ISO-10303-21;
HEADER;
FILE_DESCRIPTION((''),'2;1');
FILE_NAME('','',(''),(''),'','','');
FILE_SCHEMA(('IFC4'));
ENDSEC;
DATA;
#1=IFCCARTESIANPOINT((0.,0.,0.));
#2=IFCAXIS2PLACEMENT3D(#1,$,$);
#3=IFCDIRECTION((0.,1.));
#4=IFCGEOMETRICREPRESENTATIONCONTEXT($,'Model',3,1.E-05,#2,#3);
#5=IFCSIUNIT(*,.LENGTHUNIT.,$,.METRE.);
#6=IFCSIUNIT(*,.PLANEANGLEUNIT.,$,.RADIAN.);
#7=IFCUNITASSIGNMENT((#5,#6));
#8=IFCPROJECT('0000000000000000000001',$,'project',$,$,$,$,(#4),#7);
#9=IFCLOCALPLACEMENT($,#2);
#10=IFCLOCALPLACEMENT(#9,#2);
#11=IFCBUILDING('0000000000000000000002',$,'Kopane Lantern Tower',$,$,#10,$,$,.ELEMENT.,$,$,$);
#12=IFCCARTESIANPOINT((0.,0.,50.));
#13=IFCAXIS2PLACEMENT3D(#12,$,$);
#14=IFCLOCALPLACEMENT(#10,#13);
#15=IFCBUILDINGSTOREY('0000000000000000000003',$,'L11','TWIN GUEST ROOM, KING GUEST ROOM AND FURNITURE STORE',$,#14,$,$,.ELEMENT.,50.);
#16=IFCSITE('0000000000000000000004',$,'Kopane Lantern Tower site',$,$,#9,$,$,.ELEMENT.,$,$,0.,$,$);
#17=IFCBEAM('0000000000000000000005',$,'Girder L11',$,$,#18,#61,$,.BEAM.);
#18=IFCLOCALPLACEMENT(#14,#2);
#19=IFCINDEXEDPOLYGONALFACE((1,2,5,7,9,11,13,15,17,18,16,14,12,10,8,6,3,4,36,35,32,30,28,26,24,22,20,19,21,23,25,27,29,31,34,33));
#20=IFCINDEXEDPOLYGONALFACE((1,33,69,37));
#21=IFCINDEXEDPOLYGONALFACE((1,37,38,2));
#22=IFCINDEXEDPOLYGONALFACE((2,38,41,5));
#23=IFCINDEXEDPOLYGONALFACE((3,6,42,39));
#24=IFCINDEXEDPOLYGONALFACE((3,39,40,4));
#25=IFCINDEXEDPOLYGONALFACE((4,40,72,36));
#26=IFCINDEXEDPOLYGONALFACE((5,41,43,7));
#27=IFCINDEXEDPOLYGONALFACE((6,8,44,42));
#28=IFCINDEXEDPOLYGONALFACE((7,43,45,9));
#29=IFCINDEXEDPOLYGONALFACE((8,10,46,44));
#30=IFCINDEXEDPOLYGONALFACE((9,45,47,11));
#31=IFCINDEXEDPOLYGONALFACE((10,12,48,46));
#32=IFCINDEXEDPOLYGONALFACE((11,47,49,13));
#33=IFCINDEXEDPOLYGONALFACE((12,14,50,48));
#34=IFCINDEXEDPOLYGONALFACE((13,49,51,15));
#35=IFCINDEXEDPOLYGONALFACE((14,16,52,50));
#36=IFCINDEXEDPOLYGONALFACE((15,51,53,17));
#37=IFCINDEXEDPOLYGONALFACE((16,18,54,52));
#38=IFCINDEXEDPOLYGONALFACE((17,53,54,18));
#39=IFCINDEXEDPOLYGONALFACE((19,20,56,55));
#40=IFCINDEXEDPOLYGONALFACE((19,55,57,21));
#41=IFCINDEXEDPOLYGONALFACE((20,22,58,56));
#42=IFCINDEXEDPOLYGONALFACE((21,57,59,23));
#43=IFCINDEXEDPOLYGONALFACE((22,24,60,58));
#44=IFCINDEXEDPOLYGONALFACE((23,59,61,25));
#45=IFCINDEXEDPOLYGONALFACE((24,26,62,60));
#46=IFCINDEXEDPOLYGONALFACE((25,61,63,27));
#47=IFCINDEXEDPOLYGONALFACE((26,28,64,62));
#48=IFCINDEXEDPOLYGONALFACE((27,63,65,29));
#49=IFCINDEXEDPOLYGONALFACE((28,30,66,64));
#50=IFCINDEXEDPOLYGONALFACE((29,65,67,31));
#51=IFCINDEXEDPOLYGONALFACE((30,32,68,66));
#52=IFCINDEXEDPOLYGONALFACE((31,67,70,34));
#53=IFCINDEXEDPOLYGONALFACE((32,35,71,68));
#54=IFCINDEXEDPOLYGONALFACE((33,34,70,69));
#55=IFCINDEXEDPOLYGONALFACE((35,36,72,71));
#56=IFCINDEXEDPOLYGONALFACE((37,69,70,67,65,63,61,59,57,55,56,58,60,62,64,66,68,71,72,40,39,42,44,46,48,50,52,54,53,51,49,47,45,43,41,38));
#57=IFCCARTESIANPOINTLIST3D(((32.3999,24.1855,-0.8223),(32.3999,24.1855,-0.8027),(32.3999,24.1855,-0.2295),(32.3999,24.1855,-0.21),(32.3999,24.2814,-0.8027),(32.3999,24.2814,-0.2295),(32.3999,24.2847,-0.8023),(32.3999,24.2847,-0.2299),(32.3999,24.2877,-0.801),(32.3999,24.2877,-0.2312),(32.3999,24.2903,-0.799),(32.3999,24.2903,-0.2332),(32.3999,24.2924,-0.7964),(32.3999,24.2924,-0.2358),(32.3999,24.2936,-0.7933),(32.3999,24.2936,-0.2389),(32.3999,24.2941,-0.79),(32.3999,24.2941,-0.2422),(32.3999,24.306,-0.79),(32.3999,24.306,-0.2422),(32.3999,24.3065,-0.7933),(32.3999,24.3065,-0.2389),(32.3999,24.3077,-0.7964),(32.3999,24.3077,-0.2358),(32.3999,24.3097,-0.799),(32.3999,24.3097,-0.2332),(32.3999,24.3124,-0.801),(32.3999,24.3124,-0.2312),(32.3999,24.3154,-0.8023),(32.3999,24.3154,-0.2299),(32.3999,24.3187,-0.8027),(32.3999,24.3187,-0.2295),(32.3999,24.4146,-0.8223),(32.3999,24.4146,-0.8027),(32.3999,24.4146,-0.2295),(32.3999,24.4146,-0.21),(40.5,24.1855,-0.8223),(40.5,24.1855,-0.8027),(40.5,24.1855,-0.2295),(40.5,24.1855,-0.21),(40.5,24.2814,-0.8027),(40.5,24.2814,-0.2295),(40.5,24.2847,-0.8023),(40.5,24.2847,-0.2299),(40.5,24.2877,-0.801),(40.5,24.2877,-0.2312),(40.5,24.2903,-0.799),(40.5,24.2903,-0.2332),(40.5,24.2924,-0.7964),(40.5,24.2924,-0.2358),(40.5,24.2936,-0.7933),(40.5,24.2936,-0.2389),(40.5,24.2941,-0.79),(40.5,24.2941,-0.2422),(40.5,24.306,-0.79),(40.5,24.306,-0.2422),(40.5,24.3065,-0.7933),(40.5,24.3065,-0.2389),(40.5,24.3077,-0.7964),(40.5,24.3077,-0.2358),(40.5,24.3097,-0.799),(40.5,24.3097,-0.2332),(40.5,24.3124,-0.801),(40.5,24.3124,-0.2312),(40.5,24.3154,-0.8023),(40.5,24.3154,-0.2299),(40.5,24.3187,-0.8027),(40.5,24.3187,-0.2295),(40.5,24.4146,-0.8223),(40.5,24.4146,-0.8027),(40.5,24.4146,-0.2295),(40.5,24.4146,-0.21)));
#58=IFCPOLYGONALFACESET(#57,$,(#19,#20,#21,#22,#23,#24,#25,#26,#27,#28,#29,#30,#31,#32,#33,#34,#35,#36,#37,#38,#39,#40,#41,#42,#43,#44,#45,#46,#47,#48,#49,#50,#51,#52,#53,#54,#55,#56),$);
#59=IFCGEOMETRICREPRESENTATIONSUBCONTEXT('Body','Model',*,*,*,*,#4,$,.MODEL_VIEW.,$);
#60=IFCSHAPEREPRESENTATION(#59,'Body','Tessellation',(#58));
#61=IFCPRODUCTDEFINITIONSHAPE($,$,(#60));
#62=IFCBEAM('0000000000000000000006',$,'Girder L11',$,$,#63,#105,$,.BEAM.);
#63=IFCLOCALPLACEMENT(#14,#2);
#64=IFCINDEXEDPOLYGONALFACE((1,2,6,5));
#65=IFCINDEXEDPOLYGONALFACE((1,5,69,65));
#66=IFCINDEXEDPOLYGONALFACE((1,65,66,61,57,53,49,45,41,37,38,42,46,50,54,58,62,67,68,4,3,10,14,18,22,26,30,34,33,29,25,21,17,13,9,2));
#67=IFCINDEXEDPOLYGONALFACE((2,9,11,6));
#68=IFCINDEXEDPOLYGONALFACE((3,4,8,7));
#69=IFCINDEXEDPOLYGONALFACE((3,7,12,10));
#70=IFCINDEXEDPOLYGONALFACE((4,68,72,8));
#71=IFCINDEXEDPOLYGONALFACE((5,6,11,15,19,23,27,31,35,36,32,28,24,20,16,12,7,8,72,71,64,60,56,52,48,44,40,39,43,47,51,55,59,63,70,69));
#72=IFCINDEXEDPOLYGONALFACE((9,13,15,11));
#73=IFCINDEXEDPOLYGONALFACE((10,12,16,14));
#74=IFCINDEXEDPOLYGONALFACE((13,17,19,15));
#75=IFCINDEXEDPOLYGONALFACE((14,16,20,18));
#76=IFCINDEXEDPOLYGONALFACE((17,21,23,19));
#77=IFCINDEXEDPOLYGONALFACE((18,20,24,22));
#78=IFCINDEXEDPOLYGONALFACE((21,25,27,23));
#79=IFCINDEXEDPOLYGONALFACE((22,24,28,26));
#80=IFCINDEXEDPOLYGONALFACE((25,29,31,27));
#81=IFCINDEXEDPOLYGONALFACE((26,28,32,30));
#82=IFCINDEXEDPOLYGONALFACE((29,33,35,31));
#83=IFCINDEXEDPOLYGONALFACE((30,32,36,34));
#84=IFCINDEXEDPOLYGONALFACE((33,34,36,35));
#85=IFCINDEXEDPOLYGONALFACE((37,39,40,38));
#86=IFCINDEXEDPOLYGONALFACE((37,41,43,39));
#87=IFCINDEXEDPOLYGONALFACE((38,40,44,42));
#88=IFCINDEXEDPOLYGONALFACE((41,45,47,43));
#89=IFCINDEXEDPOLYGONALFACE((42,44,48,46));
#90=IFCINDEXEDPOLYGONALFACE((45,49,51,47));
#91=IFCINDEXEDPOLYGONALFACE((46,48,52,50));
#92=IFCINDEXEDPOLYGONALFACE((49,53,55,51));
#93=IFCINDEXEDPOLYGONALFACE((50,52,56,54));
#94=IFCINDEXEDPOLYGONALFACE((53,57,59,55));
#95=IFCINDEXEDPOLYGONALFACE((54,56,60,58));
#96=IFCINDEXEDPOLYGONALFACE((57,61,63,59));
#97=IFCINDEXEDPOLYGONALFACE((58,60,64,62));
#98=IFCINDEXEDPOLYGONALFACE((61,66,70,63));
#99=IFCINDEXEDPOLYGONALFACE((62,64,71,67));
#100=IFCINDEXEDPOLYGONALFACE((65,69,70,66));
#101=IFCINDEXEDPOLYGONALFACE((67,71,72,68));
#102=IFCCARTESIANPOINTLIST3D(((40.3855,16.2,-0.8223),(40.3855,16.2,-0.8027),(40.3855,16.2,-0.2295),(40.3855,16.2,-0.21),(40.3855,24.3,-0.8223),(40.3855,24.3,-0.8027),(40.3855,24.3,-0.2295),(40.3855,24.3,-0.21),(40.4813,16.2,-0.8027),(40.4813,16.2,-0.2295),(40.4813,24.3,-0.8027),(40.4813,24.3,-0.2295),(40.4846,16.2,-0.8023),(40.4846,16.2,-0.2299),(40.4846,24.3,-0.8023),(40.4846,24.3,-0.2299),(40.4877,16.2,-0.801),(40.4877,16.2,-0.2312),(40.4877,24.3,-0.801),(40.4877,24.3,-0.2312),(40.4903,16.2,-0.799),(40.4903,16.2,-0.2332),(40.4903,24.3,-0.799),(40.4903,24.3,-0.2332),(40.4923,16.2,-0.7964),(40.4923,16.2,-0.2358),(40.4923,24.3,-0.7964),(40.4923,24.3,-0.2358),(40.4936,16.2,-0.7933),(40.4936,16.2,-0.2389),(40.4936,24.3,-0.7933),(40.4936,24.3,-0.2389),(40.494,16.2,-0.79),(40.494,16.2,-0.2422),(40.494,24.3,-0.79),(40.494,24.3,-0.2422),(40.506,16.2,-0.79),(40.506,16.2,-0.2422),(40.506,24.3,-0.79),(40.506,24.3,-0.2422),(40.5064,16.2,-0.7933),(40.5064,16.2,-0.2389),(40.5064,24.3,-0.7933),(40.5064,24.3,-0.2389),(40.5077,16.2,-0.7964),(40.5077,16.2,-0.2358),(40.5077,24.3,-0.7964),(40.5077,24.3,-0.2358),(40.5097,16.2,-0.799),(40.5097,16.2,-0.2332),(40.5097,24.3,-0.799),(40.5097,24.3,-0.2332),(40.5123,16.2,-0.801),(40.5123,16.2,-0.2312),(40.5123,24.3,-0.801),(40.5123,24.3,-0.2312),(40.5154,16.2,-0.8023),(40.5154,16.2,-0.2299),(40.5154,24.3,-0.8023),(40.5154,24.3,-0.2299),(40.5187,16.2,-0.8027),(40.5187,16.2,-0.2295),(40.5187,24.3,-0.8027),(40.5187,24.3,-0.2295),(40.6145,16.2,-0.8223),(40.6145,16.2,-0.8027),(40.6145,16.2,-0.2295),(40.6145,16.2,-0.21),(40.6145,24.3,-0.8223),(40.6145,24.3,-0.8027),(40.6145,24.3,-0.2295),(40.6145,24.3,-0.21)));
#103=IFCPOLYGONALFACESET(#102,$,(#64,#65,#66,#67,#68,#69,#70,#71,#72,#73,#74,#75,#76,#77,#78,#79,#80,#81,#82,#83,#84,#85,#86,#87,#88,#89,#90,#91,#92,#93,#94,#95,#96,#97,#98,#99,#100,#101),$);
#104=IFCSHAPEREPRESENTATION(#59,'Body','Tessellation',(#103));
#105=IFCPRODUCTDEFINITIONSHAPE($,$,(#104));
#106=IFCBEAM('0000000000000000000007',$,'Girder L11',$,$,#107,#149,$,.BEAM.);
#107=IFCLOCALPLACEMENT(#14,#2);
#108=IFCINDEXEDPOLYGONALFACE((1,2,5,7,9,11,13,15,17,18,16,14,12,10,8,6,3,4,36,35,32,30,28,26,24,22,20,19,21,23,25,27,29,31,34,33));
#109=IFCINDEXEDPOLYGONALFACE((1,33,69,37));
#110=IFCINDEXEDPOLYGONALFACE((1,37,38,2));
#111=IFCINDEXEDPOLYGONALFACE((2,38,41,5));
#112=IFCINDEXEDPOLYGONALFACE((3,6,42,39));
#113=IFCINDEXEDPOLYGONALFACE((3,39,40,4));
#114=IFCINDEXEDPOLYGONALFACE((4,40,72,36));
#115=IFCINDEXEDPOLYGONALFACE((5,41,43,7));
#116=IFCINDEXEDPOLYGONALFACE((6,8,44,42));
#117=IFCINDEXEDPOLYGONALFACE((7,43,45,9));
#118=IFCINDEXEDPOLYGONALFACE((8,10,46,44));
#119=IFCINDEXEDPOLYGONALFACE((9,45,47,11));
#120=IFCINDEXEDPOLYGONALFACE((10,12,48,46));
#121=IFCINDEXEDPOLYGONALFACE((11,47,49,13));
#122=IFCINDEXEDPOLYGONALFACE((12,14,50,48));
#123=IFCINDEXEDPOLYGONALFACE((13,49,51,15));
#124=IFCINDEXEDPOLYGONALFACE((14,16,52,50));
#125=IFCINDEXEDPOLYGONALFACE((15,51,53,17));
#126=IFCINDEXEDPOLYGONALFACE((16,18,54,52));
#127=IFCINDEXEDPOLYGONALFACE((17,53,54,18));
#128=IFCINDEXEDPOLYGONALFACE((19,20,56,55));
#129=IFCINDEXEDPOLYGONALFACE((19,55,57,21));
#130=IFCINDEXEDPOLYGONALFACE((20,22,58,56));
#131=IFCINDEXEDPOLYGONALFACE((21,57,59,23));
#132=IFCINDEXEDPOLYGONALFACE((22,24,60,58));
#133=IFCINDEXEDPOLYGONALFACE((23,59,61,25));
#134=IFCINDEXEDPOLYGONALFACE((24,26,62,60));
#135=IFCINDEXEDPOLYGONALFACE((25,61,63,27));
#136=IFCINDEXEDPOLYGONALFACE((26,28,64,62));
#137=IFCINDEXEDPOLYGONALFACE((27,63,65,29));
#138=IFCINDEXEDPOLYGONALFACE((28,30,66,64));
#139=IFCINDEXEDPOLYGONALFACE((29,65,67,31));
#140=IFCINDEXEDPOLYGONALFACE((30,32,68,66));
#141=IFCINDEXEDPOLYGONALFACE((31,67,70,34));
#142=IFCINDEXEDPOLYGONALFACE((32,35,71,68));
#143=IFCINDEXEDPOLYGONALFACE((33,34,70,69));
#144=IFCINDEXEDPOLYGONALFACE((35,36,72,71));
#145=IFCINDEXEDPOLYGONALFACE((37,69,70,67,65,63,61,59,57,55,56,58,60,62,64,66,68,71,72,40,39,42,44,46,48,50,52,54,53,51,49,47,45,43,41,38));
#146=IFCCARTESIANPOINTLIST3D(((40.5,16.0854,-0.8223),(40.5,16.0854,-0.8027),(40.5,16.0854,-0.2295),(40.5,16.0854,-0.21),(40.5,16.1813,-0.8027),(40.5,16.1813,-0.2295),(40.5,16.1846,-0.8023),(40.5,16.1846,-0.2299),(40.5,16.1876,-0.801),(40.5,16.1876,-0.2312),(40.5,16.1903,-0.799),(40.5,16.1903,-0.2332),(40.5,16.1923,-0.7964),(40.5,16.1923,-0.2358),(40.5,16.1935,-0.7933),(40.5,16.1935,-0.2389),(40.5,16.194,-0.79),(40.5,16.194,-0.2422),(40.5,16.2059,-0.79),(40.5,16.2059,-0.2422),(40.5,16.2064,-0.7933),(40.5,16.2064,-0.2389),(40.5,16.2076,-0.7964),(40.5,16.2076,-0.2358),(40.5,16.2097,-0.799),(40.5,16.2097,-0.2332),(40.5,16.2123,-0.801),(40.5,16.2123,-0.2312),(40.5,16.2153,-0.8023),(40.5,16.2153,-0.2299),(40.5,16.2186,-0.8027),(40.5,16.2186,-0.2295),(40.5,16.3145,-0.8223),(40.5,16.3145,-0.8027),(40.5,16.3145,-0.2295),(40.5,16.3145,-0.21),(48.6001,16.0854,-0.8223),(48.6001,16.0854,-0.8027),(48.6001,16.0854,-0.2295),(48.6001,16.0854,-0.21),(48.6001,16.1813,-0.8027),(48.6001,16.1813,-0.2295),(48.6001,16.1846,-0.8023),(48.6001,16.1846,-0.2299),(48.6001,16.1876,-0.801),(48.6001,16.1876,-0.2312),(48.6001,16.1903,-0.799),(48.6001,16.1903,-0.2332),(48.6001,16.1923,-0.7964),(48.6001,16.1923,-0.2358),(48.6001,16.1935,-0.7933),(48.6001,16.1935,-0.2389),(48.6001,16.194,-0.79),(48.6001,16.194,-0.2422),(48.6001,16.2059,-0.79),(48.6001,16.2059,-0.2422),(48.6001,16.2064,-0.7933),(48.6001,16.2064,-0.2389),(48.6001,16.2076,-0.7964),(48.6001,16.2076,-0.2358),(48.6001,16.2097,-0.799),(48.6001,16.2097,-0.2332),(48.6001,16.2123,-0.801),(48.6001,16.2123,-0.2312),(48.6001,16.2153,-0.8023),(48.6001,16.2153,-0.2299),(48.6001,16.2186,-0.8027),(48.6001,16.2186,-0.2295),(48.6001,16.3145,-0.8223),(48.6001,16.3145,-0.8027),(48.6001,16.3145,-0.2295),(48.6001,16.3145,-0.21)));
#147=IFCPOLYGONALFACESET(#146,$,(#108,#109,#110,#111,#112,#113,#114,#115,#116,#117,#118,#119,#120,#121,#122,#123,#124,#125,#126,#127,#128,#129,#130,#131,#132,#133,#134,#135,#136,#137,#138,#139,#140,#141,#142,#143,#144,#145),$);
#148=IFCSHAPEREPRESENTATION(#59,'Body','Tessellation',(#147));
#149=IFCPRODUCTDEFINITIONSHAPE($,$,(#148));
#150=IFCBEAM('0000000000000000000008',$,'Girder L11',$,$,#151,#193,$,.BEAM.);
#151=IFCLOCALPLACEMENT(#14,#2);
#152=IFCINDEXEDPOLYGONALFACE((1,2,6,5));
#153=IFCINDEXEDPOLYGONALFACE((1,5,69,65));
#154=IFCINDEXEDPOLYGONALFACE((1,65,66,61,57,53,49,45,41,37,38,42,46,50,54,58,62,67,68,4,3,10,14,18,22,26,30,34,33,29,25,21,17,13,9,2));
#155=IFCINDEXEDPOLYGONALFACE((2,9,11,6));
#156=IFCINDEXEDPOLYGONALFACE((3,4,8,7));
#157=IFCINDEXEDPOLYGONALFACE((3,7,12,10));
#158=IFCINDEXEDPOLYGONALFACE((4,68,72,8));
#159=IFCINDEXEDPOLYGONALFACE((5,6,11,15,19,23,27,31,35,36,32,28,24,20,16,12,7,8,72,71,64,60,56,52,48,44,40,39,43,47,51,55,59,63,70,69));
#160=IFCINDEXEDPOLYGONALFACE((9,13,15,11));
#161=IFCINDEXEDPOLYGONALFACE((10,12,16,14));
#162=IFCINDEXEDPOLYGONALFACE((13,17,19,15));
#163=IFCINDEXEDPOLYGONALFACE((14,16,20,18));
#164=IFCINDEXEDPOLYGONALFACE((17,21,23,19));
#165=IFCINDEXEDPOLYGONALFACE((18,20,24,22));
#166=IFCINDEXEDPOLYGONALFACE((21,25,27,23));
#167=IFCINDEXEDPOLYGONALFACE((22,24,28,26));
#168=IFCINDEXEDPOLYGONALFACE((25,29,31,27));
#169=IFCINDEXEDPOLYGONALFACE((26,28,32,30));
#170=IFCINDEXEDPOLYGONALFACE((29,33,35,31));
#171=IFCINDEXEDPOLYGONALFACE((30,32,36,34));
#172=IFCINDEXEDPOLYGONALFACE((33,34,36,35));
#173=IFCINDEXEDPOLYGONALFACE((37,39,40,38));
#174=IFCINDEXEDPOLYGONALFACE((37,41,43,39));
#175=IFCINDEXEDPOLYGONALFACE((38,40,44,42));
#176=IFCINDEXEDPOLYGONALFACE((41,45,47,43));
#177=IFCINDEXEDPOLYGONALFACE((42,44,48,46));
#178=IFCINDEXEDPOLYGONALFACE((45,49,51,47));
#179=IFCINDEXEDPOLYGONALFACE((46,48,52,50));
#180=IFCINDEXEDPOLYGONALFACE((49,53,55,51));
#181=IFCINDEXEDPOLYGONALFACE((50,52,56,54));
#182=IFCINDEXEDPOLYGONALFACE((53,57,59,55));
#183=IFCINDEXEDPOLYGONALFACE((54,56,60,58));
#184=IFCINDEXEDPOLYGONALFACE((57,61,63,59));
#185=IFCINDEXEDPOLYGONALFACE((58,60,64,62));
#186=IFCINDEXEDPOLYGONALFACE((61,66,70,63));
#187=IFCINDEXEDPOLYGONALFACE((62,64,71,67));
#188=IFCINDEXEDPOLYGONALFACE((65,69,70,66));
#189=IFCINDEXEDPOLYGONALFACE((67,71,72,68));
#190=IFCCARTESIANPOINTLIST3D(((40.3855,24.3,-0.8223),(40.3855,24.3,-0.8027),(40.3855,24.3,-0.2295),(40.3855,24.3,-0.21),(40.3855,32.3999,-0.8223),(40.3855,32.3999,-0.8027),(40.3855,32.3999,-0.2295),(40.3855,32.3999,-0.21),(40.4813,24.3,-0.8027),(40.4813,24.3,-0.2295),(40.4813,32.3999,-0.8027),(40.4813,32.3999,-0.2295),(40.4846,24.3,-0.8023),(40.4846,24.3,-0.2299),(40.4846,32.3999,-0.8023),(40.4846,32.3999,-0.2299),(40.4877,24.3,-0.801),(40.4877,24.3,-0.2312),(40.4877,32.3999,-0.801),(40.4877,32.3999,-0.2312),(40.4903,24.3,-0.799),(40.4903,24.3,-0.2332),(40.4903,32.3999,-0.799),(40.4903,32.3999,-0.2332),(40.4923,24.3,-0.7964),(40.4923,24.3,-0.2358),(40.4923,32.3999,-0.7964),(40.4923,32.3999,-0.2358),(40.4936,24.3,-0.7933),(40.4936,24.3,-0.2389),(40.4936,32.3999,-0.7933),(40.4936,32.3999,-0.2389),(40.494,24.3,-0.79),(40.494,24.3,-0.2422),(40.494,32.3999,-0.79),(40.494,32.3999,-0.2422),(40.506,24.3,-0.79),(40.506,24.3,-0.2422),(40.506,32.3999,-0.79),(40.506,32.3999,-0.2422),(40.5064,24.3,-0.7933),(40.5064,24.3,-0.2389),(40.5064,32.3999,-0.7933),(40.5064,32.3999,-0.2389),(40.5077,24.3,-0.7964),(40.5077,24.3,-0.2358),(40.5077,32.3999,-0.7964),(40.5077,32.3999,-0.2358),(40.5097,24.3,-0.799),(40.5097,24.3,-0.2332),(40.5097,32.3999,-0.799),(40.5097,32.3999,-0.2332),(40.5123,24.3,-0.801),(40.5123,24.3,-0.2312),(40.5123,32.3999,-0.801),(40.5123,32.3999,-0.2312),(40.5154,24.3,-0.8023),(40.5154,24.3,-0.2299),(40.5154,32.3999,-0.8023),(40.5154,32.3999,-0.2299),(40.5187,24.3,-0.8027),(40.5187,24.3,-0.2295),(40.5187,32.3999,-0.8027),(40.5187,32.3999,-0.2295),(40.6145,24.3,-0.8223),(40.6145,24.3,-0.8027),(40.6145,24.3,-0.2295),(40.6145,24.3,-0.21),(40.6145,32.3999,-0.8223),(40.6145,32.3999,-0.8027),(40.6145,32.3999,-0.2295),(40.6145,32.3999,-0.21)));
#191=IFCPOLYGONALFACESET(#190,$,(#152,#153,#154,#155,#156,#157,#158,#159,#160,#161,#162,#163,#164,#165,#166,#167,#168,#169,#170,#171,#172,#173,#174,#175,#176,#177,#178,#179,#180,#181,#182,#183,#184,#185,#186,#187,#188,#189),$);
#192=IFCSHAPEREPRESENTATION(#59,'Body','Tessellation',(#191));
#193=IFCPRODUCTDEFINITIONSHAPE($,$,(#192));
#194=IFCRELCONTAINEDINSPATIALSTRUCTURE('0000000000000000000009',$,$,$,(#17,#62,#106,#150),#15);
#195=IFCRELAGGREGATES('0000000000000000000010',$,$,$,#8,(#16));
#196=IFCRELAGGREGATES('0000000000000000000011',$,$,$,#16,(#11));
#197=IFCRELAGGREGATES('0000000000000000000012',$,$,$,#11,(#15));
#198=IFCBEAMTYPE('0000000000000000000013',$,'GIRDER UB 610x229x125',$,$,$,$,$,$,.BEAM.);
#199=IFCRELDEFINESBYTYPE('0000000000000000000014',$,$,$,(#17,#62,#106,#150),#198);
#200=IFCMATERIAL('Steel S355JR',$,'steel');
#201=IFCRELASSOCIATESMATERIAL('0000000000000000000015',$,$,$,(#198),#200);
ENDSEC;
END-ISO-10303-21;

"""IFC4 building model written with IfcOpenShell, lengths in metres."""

from ifc_helpers import new_model, si_unit, direction, frame, origin, origin_2d, place, context, subcontext, project, spatial, i_section, extrude, material, material_profile, profile_set, type_object, element, save


model = new_model("IFC4")

# Units and contexts
model_context = context("Model", 3, precision=1e-05, world=origin(), true_north=direction((0.0, 1.0)))
body_context = subcontext(model_context, "Body", "Model", "MODEL_VIEW")
ifc_project = project(units=[si_unit("LENGTHUNIT", "METRE"), si_unit("PLANEANGLEUNIT", "RADIAN")], contexts=[model_context])

# Site, building, storey
site_placement = place(None, origin())
site = spatial("IfcSite", under=ifc_project, at=site_placement, Name="Kopane Lantern Tower site", CompositionType="ELEMENT", RefElevation=0.0)
building_placement = place(site_placement, origin())
building = spatial("IfcBuilding", under=site, at=building_placement, Name="Kopane Lantern Tower", CompositionType="ELEMENT")
storey_placement = place(building_placement, frame((0.0, 0.0, 50.0)))
storey = spatial("IfcBuildingStorey", under=building, at=storey_placement, Name="L11", Description="TWIN GUEST ROOM, KING GUEST ROOM AND FURNITURE STORE", CompositionType="ELEMENT", Elevation=50.0)

# Beams
ifc_material_1 = material(Name="Steel S355JR", Category="steel")
ifc_material_profile_1 = material_profile(ifc_material_1, i_section(OverallWidth=0.229, OverallDepth=0.6123, WebThickness=0.012, FlangeThickness=0.0195, FilletRadius=0.0127, at=origin_2d()), Name="UB 610x229x125")
ifc_profile_set_1 = profile_set([ifc_material_profile_1], Name="Steel S355JR")
beam_type_1 = type_object("IfcBeamType", Name="GIRDER UB 610x229x125", PredefinedType="BEAM", material=ifc_profile_set_1)
for number, where, z_axis, x_axis, name in (
    (1, (32.3999, 24.3, -0.5161), (1.0, 0.0, 0.0), (0.0, 1.0, 0.0), "Girder L11"),
    (2, (40.5, 16.2, -0.5161), (0.0, 1.0, 0.0), (-1.0, 0.0, 0.0), "Girder L11"),
    (3, (40.5, 16.2, -0.5161), (1.0, 0.0, 0.0), (0.0, 1.0, 0.0), "Girder L11"),
):
    element("IfcBeam", number, at=place(storey_placement, frame(where, z_axis=z_axis, x_axis=x_axis)), inside=storey, type_object=beam_type_1, Name=name, PredefinedType="BEAM", context=body_context, shape_type="SweptSolid", body=[
        extrude(i_section(OverallWidth=0.229, OverallDepth=0.6123, WebThickness=0.012, FlangeThickness=0.0195, FilletRadius=0.0127, at=origin_2d()), origin(), (0.0, 0.0, 1.0), 8.1001),
    ])
beam_1_placement = place(storey_placement, frame((40.5, 24.3, -0.5161), z_axis=(0.0, 1.0, 0.0), x_axis=(-1.0, 0.0, 0.0)))
element("IfcBeam", 4, at=beam_1_placement, inside=storey, type_object=beam_type_1, Name="Girder L11", PredefinedType="BEAM", context=body_context, shape_type="SweptSolid", body=[
    extrude(i_section(OverallWidth=0.229, OverallDepth=0.6123, WebThickness=0.012, FlangeThickness=0.0195, FilletRadius=0.0127, at=origin_2d()), origin(), (0.0, 0.0, 1.0), 8.0999),
])

save(model, "model.ifc")
